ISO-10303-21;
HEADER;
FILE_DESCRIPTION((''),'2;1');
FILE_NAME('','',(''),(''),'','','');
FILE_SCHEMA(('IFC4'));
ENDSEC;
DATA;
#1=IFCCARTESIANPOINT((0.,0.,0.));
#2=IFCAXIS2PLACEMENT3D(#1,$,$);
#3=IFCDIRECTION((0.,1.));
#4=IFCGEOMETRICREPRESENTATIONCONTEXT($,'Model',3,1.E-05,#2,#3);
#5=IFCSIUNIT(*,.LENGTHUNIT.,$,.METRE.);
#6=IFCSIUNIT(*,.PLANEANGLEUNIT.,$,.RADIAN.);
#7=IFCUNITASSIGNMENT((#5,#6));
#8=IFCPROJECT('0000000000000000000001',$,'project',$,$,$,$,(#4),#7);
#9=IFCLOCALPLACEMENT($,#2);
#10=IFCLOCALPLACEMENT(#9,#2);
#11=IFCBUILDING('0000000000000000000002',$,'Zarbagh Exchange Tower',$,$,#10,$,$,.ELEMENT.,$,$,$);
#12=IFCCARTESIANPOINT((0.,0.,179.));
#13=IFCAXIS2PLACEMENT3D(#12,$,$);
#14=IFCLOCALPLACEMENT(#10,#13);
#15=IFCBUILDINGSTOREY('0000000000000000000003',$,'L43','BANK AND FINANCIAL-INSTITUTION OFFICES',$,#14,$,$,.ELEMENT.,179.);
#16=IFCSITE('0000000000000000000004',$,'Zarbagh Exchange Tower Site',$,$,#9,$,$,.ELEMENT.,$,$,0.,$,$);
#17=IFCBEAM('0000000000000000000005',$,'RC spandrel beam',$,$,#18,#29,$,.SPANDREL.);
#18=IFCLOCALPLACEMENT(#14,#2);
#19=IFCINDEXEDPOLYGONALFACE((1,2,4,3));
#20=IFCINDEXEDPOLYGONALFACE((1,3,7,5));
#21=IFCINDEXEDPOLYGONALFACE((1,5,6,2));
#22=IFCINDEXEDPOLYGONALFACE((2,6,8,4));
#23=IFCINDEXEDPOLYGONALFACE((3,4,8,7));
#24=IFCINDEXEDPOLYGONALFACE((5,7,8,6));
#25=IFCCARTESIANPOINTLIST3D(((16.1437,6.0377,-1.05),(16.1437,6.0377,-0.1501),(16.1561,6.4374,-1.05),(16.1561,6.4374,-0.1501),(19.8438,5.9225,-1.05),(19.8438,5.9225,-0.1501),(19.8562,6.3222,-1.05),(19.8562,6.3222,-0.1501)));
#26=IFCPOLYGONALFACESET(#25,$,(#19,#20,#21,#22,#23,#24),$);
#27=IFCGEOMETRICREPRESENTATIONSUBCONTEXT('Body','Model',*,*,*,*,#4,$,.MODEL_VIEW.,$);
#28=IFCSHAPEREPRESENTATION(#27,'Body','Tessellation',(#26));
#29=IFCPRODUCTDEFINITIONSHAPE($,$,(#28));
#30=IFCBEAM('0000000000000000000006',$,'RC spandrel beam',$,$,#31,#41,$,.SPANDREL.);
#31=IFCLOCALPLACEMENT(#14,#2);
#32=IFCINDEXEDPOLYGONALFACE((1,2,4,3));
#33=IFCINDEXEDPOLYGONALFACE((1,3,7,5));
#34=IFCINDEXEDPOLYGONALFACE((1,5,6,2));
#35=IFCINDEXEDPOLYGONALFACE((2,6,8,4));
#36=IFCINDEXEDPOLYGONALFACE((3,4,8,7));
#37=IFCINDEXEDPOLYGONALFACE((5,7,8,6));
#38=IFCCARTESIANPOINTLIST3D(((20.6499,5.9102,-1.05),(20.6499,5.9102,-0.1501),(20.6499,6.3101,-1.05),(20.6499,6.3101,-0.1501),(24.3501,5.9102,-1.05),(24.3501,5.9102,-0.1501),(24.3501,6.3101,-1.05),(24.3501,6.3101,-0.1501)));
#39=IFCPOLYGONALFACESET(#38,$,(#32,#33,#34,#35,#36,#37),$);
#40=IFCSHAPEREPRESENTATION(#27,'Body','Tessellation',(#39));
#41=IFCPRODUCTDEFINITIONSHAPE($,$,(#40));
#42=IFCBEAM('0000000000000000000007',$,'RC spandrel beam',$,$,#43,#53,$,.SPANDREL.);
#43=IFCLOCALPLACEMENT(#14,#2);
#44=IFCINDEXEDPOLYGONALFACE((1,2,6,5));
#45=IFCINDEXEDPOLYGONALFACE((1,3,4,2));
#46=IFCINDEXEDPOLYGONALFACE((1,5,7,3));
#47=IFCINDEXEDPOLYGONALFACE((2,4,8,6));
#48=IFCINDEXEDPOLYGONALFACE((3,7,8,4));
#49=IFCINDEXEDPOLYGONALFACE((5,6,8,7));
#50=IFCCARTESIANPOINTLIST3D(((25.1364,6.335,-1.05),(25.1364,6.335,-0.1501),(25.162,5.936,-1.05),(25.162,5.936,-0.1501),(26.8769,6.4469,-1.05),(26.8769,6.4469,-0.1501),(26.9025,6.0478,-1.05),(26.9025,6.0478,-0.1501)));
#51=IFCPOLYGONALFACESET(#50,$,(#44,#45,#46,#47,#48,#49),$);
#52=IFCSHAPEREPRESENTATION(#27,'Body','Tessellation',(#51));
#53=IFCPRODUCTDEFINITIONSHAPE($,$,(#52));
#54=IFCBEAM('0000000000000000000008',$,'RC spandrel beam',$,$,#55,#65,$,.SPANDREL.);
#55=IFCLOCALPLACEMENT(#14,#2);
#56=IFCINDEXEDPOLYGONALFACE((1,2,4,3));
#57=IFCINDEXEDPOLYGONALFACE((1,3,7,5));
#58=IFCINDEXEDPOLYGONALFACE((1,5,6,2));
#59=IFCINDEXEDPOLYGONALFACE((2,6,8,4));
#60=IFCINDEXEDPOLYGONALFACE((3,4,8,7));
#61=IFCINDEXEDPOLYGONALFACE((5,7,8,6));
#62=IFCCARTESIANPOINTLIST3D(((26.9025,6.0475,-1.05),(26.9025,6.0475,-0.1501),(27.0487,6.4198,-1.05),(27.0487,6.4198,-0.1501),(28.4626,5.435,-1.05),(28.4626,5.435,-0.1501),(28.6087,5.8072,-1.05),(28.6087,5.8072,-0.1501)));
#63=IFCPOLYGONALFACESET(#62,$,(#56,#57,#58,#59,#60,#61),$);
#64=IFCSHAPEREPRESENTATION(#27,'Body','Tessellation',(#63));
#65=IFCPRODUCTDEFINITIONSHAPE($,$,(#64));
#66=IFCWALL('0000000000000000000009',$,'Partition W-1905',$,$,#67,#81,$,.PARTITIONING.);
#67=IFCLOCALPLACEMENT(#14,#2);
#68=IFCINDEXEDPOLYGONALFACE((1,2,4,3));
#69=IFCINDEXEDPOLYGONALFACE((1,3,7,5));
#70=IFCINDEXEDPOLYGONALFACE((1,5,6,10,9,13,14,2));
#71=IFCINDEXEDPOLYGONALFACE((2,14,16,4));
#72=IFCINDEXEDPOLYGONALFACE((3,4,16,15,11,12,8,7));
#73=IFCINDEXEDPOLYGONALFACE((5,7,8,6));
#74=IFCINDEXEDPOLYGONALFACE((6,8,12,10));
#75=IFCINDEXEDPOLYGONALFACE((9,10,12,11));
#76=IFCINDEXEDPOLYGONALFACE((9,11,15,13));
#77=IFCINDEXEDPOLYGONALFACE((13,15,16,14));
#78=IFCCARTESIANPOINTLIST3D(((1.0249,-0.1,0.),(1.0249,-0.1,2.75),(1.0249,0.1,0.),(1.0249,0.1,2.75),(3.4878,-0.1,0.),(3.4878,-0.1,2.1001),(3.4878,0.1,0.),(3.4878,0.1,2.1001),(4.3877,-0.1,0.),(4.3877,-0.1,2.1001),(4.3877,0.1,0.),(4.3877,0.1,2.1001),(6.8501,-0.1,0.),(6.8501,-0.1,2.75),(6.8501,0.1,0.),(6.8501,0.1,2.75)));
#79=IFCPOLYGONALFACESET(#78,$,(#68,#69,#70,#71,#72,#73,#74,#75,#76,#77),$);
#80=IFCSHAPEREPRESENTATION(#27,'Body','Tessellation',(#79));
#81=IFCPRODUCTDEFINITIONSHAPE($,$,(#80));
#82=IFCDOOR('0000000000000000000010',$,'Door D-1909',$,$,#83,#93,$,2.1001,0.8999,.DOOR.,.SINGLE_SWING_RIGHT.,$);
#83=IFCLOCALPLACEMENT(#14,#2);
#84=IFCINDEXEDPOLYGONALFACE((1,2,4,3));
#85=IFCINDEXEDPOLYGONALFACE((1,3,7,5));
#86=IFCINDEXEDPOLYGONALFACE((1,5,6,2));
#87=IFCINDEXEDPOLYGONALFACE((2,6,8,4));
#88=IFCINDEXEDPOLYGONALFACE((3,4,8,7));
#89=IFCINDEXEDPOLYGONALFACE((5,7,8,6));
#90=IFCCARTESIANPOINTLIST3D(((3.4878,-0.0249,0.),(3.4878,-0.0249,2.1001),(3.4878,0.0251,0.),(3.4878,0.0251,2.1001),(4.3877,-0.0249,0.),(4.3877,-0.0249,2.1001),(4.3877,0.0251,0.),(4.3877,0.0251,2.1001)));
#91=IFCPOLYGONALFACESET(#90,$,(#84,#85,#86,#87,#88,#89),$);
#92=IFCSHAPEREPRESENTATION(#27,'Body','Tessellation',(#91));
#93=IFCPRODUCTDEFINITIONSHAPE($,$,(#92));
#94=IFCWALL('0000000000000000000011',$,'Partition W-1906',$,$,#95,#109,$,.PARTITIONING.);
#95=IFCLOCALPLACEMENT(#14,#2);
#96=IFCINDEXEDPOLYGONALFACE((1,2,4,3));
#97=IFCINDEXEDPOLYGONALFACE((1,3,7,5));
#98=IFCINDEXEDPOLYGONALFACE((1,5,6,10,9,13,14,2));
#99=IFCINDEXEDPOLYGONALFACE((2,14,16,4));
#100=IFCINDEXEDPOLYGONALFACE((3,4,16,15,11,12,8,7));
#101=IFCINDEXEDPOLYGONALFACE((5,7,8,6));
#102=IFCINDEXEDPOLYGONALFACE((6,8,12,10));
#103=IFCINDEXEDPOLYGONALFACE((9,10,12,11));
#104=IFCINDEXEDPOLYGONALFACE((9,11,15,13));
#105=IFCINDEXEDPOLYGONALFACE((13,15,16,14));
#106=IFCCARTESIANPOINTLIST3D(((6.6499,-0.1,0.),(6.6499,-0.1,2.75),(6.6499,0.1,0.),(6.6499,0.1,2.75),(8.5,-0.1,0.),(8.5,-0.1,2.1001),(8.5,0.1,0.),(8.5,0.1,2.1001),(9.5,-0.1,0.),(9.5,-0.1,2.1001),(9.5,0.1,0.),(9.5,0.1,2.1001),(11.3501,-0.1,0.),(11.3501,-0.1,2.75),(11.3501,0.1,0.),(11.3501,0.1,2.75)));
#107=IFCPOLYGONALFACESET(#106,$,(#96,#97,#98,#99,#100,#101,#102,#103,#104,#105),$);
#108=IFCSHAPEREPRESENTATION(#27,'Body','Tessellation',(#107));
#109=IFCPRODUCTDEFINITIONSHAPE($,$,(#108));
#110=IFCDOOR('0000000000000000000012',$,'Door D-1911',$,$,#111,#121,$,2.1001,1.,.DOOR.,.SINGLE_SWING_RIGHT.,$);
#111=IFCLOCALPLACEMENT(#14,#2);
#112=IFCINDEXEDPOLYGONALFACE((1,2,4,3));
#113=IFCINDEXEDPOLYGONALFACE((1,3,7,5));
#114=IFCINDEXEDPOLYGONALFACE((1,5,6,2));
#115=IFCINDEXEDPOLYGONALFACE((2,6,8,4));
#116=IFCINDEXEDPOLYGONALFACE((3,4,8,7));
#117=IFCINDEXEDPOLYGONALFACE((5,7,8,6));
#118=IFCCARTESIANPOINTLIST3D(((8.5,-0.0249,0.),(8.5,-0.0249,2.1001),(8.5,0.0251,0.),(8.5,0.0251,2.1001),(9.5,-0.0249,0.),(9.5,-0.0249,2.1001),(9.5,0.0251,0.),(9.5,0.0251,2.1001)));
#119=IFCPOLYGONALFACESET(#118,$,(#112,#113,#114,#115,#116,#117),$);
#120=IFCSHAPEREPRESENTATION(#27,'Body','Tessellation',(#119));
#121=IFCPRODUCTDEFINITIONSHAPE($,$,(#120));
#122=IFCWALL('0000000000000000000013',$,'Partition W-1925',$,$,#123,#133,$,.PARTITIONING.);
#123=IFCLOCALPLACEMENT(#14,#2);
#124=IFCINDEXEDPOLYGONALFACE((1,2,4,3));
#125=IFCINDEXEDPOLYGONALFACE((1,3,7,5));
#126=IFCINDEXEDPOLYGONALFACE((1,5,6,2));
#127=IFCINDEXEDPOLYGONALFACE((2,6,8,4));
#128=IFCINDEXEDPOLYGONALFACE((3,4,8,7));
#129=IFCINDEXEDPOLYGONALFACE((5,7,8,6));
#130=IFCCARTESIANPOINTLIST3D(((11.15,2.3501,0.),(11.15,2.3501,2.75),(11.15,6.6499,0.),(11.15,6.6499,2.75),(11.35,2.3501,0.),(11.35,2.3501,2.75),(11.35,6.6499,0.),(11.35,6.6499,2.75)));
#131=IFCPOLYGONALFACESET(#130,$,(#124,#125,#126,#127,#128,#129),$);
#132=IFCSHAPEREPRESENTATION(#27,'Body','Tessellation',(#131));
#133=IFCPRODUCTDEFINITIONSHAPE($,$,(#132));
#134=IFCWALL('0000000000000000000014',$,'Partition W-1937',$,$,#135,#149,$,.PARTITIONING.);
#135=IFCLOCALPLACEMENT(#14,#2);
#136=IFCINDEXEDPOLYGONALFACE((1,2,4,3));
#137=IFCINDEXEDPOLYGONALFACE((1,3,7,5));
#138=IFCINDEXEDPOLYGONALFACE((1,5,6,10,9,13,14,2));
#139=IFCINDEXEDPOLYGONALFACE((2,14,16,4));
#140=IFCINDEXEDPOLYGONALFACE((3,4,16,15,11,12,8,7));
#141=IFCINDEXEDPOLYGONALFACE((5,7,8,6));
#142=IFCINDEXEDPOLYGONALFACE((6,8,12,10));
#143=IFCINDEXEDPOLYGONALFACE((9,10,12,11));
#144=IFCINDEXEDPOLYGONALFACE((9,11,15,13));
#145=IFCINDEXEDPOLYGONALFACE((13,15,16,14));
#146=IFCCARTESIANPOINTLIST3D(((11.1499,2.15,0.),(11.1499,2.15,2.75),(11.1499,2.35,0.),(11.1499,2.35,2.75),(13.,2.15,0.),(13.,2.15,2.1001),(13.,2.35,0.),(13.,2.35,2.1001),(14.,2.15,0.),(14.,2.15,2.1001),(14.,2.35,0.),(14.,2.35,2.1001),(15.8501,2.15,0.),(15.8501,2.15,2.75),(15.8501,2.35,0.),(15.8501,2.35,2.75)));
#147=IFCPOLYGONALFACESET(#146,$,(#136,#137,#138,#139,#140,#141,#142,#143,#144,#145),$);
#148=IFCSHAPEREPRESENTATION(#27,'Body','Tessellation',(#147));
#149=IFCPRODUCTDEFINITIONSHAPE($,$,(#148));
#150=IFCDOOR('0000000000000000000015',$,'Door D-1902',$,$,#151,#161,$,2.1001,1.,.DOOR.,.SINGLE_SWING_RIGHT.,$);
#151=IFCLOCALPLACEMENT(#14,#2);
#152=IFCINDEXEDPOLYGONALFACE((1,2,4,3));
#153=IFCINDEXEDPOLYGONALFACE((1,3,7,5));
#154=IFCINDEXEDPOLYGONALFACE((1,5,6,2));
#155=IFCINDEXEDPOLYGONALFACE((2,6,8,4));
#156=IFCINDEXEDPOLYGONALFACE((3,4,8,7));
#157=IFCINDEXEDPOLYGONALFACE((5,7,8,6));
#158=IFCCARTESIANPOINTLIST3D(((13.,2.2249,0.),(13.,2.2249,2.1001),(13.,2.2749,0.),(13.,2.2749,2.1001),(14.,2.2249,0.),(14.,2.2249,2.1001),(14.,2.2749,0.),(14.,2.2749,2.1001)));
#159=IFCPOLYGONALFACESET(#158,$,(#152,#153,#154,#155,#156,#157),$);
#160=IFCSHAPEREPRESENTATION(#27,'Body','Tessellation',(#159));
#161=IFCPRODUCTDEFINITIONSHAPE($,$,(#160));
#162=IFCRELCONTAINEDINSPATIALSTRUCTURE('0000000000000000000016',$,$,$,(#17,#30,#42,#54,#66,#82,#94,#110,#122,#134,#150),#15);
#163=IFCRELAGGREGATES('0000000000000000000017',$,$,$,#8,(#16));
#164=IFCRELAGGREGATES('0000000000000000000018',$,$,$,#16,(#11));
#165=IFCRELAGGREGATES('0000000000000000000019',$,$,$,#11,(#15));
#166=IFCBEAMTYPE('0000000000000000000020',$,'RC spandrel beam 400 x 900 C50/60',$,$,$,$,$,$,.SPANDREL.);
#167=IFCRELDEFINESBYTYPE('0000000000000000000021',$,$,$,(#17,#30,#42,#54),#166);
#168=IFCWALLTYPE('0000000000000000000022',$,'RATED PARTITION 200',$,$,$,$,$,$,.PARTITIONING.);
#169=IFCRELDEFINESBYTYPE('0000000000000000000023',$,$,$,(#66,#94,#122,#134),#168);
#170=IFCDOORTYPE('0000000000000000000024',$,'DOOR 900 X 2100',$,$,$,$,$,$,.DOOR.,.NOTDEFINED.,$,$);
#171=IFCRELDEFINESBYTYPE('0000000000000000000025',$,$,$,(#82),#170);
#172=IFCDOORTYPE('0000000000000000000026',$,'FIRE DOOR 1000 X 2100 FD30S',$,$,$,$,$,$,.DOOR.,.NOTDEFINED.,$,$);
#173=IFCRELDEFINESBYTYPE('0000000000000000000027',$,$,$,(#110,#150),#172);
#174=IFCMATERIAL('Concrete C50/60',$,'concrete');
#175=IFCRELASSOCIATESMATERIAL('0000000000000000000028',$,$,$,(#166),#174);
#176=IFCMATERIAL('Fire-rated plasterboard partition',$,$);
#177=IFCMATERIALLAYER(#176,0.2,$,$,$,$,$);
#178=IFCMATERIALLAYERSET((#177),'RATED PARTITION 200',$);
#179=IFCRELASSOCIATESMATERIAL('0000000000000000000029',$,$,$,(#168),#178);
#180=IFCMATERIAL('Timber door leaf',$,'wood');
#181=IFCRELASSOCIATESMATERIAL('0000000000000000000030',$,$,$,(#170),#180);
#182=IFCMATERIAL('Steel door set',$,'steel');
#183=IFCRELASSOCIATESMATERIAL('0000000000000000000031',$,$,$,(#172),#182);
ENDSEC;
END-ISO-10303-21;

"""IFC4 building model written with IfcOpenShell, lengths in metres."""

from ifc_helpers import new_model, si_unit, direction, frame, frame_2d, origin, origin_2d, place, context, subcontext, project, spatial, rectangle, extrude, material, layer, layer_set, material_profile, profile_set, type_object, element, fill, save


model = new_model("IFC4")

# Units and contexts
model_context = context("Model", 3, precision=1e-05, world=origin(), true_north=direction((0.0, 1.0)))
body_context = subcontext(model_context, "Body", "Model", "MODEL_VIEW")
ifc_project = project(units=[si_unit("LENGTHUNIT", "METRE"), si_unit("PLANEANGLEUNIT", "RADIAN")], contexts=[model_context])

# Site, building, storey
site_placement = place(None, origin())
site = spatial("IfcSite", under=ifc_project, at=site_placement, Name="Zarbagh Exchange Tower Site", CompositionType="ELEMENT", RefElevation=0.0)
building_placement = place(site_placement, origin())
building = spatial("IfcBuilding", under=site, at=building_placement, Name="Zarbagh Exchange Tower", CompositionType="ELEMENT")
storey_placement = place(building_placement, frame((0.0, 0.0, 179.0)))
storey = spatial("IfcBuildingStorey", under=building, at=storey_placement, Name="L43", Description="BANK AND FINANCIAL-INSTITUTION OFFICES", CompositionType="ELEMENT", Elevation=179.0)

# Shared definitions
ifc_material_1 = material(Name="Concrete C50/60", Category="concrete")

# Beams
ifc_material_profile_1 = material_profile(ifc_material_1, rectangle(XDim=0.3999, YDim=0.8999, at=origin_2d()), Name="RC spandrel beam 400 x 900 C50/60")
ifc_profile_set_1 = profile_set([ifc_material_profile_1], Name="Concrete C50/60")
beam_type_1 = type_object("IfcBeamType", Name="RC spandrel beam 400 x 900 C50/60", PredefinedType="SPANDREL", material=ifc_profile_set_1)
beam_1_placement = place(storey_placement, frame((16.1499, 6.2375, -0.6001), z_axis=(0.999515, -0.031128, 0.0), x_axis=(0.031128, 0.999515, 0.0)))
element("IfcBeam", 1, at=beam_1_placement, inside=storey, type_object=beam_type_1, Name="RC spandrel beam", PredefinedType="SPANDREL", context=body_context, shape_type="SweptSolid", body=[
    extrude(rectangle(XDim=0.3999, YDim=0.8999, at=origin_2d()), origin(), (0.0, 0.0, 1.0), 3.7019),
])
beam_2_placement = place(storey_placement, frame((20.6499, 6.1101, -0.6001), z_axis=(1.0, 0.0, 0.0), x_axis=(0.0, 1.0, 0.0)))
element("IfcBeam", 2, at=beam_2_placement, inside=storey, type_object=beam_type_1, Name="RC spandrel beam", PredefinedType="SPANDREL", context=body_context, shape_type="SweptSolid", body=[
    extrude(rectangle(XDim=0.3999, YDim=0.8999, at=origin_2d()), origin(), (0.0, 0.0, 1.0), 3.7002),
])
beam_3_placement = place(storey_placement, frame((25.1492, 6.1355, -0.6001), z_axis=(0.997943, 0.064112, 0.0), x_axis=(-0.064112, 0.997943, 0.0)))
element("IfcBeam", 3, at=beam_3_placement, inside=storey, type_object=beam_type_1, Name="RC spandrel beam", PredefinedType="SPANDREL", context=body_context, shape_type="SweptSolid", body=[
    extrude(rectangle(XDim=0.3999, YDim=0.8999, at=origin_2d()), origin(), (0.0, 0.0, 1.0), 1.7441),
])
beam_4_placement = place(storey_placement, frame((26.9756, 6.2336, -0.6001), z_axis=(0.930819, -0.365481, 0.0), x_axis=(0.365481, 0.930819, 0.0)))
element("IfcBeam", 4, at=beam_4_placement, inside=storey, type_object=beam_type_1, Name="RC spandrel beam", PredefinedType="SPANDREL", context=body_context, shape_type="SweptSolid", body=[
    extrude(rectangle(XDim=0.3999, YDim=0.8999, at=origin_2d()), origin(), (0.0, 0.0, 1.0), 1.676),
])

# Walls, openings, doors
ifc_material_2 = material(Name="Fire-rated plasterboard partition")
ifc_layer = layer(ifc_material_2, 0.2)
ifc_layer_set = layer_set([ifc_layer], Name="RATED PARTITION 200")
wall_type = type_object("IfcWallType", Name="RATED PARTITION 200", PredefinedType="PARTITIONING", material=ifc_layer_set)
wall_1_placement = place(storey_placement, frame((6.8501, 0.0, 0.0), z_axis=(0.0, 0.0, 1.0), x_axis=(-1.0, 0.0, 0.0)))
wall_1 = element("IfcWall", 5, at=wall_1_placement, inside=storey, type_object=wall_type, Name="Partition W-1905", PredefinedType="PARTITIONING", context=body_context, shape_type="SweptSolid", body=[
    extrude(rectangle(XDim=5.8252, YDim=0.2, at=frame_2d((2.9126, 0.0))), origin(), (0.0, 0.0, 1.0), 2.75),
])
opening_1_placement = place(wall_1_placement, frame((2.4624, 0.0, 0.0)))
opening_1 = element("IfcOpeningElement", 6, at=opening_1_placement, cuts=wall_1, PredefinedType="OPENING", context=body_context, shape_type="SweptSolid", body=[
    extrude(rectangle(XDim=0.8999, YDim=2.1001, at=frame_2d((0.45, 1.05))), frame((0.0, 0.1099, 0.0), z_axis=(0.0, -1.0, 0.0), x_axis=(1.0, 0.0, 0.0)), (0.0, 0.0, 1.0), 0.22),
])
ifc_material_3 = material(Name="Timber door leaf", Category="wood")
door_type_1 = type_object("IfcDoorType", Name="DOOR 900 X 2100", OperationType="NOTDEFINED", PredefinedType="DOOR", material=ifc_material_3)
door_1_placement = place(opening_1_placement, origin())
door_1 = element("IfcDoor", 7, at=door_1_placement, inside=storey, type_object=door_type_1, Name="Door D-1909", OperationType="SINGLE_SWING_RIGHT", OverallHeight=2.1001, OverallWidth=0.8999, PredefinedType="DOOR", context=body_context, shape_type="SweptSolid", body=[
    extrude(rectangle(XDim=0.8999, YDim=2.1001, at=frame_2d((0.45, 1.05))), frame((0.0, 0.0249, 0.0), z_axis=(0.0, -1.0, 0.0), x_axis=(1.0, 0.0, 0.0)), (0.0, 0.0, 1.0), 0.05),
])
fill(opening_1, door_1)
wall_2_placement = place(storey_placement, frame((11.3501, 0.0, 0.0), z_axis=(0.0, 0.0, 1.0), x_axis=(-1.0, 0.0, 0.0)))
wall_2 = element("IfcWall", 8, at=wall_2_placement, inside=storey, type_object=wall_type, Name="Partition W-1906", PredefinedType="PARTITIONING", context=body_context, shape_type="SweptSolid", body=[
    extrude(rectangle(XDim=4.7002, YDim=0.2, at=frame_2d((2.3501, 0.0))), origin(), (0.0, 0.0, 1.0), 2.75),
])
opening_2_placement = place(wall_2_placement, frame((1.8501, 0.0, 0.0)))
opening_2 = element("IfcOpeningElement", 9, at=opening_2_placement, cuts=wall_2, PredefinedType="OPENING", context=body_context, shape_type="SweptSolid", body=[
    extrude(rectangle(XDim=1.0, YDim=2.1001, at=frame_2d((0.5, 1.05))), frame((0.0, 0.1099, 0.0), z_axis=(0.0, -1.0, 0.0), x_axis=(1.0, 0.0, 0.0)), (0.0, 0.0, 1.0), 0.22),
])
ifc_material_4 = material(Name="Steel door set", Category="steel")
door_type_2 = type_object("IfcDoorType", Name="FIRE DOOR 1000 X 2100 FD30S", OperationType="NOTDEFINED", PredefinedType="DOOR", material=ifc_material_4)
door_2_placement = place(opening_2_placement, origin())
door_2 = element("IfcDoor", 10, at=door_2_placement, inside=storey, type_object=door_type_2, Name="Door D-1911", OperationType="SINGLE_SWING_RIGHT", OverallHeight=2.1001, OverallWidth=1.0, PredefinedType="DOOR", context=body_context, shape_type="SweptSolid", body=[
    extrude(rectangle(XDim=1.0, YDim=2.1001, at=frame_2d((0.5, 1.05))), frame((0.0, 0.0249, 0.0), z_axis=(0.0, -1.0, 0.0), x_axis=(1.0, 0.0, 0.0)), (0.0, 0.0, 1.0), 0.05),
])
fill(opening_2, door_2)

# Wall
wall_3_placement = place(storey_placement, frame((11.25, 2.3501, 0.0), z_axis=(0.0, 0.0, 1.0), x_axis=(0.0, 1.0, 0.0)))
element("IfcWall", 11, at=wall_3_placement, inside=storey, type_object=wall_type, Name="Partition W-1925", PredefinedType="PARTITIONING", context=body_context, shape_type="SweptSolid", body=[
    extrude(rectangle(XDim=4.2998, YDim=0.2, at=frame_2d((2.1499, 0.0))), origin(), (0.0, 0.0, 1.0), 2.75),
])

# Wall, opening, door
wall_4_placement = place(storey_placement, frame((11.1499, 2.25, 0.0), z_axis=(0.0, 0.0, 1.0), x_axis=(1.0, 0.0, 0.0)))
wall_4 = element("IfcWall", 12, at=wall_4_placement, inside=storey, type_object=wall_type, Name="Partition W-1937", PredefinedType="PARTITIONING", context=body_context, shape_type="SweptSolid", body=[
    extrude(rectangle(XDim=4.7002, YDim=0.2, at=frame_2d((2.3501, 0.0))), origin(), (0.0, 0.0, 1.0), 2.75),
])
opening_3_placement = place(wall_4_placement, frame((1.8501, 0.0, 0.0)))
opening_3 = element("IfcOpeningElement", 13, at=opening_3_placement, cuts=wall_4, PredefinedType="OPENING", context=body_context, shape_type="SweptSolid", body=[
    extrude(rectangle(XDim=1.0, YDim=2.1001, at=frame_2d((0.5, 1.05))), frame((0.0, 0.1099, 0.0), z_axis=(0.0, -1.0, 0.0), x_axis=(1.0, 0.0, 0.0)), (0.0, 0.0, 1.0), 0.22),
])
door_3_placement = place(opening_3_placement, origin())
door_3 = element("IfcDoor", 14, at=door_3_placement, inside=storey, type_object=door_type_2, Name="Door D-1902", OperationType="SINGLE_SWING_RIGHT", OverallHeight=2.1001, OverallWidth=1.0, PredefinedType="DOOR", context=body_context, shape_type="SweptSolid", body=[
    extrude(rectangle(XDim=1.0, YDim=2.1001, at=frame_2d((0.5, 1.05))), frame((0.0, 0.0249, 0.0), z_axis=(0.0, -1.0, 0.0), x_axis=(1.0, 0.0, 0.0)), (0.0, 0.0, 1.0), 0.05),
])
fill(opening_3, door_3)

save(model, "model.ifc")
